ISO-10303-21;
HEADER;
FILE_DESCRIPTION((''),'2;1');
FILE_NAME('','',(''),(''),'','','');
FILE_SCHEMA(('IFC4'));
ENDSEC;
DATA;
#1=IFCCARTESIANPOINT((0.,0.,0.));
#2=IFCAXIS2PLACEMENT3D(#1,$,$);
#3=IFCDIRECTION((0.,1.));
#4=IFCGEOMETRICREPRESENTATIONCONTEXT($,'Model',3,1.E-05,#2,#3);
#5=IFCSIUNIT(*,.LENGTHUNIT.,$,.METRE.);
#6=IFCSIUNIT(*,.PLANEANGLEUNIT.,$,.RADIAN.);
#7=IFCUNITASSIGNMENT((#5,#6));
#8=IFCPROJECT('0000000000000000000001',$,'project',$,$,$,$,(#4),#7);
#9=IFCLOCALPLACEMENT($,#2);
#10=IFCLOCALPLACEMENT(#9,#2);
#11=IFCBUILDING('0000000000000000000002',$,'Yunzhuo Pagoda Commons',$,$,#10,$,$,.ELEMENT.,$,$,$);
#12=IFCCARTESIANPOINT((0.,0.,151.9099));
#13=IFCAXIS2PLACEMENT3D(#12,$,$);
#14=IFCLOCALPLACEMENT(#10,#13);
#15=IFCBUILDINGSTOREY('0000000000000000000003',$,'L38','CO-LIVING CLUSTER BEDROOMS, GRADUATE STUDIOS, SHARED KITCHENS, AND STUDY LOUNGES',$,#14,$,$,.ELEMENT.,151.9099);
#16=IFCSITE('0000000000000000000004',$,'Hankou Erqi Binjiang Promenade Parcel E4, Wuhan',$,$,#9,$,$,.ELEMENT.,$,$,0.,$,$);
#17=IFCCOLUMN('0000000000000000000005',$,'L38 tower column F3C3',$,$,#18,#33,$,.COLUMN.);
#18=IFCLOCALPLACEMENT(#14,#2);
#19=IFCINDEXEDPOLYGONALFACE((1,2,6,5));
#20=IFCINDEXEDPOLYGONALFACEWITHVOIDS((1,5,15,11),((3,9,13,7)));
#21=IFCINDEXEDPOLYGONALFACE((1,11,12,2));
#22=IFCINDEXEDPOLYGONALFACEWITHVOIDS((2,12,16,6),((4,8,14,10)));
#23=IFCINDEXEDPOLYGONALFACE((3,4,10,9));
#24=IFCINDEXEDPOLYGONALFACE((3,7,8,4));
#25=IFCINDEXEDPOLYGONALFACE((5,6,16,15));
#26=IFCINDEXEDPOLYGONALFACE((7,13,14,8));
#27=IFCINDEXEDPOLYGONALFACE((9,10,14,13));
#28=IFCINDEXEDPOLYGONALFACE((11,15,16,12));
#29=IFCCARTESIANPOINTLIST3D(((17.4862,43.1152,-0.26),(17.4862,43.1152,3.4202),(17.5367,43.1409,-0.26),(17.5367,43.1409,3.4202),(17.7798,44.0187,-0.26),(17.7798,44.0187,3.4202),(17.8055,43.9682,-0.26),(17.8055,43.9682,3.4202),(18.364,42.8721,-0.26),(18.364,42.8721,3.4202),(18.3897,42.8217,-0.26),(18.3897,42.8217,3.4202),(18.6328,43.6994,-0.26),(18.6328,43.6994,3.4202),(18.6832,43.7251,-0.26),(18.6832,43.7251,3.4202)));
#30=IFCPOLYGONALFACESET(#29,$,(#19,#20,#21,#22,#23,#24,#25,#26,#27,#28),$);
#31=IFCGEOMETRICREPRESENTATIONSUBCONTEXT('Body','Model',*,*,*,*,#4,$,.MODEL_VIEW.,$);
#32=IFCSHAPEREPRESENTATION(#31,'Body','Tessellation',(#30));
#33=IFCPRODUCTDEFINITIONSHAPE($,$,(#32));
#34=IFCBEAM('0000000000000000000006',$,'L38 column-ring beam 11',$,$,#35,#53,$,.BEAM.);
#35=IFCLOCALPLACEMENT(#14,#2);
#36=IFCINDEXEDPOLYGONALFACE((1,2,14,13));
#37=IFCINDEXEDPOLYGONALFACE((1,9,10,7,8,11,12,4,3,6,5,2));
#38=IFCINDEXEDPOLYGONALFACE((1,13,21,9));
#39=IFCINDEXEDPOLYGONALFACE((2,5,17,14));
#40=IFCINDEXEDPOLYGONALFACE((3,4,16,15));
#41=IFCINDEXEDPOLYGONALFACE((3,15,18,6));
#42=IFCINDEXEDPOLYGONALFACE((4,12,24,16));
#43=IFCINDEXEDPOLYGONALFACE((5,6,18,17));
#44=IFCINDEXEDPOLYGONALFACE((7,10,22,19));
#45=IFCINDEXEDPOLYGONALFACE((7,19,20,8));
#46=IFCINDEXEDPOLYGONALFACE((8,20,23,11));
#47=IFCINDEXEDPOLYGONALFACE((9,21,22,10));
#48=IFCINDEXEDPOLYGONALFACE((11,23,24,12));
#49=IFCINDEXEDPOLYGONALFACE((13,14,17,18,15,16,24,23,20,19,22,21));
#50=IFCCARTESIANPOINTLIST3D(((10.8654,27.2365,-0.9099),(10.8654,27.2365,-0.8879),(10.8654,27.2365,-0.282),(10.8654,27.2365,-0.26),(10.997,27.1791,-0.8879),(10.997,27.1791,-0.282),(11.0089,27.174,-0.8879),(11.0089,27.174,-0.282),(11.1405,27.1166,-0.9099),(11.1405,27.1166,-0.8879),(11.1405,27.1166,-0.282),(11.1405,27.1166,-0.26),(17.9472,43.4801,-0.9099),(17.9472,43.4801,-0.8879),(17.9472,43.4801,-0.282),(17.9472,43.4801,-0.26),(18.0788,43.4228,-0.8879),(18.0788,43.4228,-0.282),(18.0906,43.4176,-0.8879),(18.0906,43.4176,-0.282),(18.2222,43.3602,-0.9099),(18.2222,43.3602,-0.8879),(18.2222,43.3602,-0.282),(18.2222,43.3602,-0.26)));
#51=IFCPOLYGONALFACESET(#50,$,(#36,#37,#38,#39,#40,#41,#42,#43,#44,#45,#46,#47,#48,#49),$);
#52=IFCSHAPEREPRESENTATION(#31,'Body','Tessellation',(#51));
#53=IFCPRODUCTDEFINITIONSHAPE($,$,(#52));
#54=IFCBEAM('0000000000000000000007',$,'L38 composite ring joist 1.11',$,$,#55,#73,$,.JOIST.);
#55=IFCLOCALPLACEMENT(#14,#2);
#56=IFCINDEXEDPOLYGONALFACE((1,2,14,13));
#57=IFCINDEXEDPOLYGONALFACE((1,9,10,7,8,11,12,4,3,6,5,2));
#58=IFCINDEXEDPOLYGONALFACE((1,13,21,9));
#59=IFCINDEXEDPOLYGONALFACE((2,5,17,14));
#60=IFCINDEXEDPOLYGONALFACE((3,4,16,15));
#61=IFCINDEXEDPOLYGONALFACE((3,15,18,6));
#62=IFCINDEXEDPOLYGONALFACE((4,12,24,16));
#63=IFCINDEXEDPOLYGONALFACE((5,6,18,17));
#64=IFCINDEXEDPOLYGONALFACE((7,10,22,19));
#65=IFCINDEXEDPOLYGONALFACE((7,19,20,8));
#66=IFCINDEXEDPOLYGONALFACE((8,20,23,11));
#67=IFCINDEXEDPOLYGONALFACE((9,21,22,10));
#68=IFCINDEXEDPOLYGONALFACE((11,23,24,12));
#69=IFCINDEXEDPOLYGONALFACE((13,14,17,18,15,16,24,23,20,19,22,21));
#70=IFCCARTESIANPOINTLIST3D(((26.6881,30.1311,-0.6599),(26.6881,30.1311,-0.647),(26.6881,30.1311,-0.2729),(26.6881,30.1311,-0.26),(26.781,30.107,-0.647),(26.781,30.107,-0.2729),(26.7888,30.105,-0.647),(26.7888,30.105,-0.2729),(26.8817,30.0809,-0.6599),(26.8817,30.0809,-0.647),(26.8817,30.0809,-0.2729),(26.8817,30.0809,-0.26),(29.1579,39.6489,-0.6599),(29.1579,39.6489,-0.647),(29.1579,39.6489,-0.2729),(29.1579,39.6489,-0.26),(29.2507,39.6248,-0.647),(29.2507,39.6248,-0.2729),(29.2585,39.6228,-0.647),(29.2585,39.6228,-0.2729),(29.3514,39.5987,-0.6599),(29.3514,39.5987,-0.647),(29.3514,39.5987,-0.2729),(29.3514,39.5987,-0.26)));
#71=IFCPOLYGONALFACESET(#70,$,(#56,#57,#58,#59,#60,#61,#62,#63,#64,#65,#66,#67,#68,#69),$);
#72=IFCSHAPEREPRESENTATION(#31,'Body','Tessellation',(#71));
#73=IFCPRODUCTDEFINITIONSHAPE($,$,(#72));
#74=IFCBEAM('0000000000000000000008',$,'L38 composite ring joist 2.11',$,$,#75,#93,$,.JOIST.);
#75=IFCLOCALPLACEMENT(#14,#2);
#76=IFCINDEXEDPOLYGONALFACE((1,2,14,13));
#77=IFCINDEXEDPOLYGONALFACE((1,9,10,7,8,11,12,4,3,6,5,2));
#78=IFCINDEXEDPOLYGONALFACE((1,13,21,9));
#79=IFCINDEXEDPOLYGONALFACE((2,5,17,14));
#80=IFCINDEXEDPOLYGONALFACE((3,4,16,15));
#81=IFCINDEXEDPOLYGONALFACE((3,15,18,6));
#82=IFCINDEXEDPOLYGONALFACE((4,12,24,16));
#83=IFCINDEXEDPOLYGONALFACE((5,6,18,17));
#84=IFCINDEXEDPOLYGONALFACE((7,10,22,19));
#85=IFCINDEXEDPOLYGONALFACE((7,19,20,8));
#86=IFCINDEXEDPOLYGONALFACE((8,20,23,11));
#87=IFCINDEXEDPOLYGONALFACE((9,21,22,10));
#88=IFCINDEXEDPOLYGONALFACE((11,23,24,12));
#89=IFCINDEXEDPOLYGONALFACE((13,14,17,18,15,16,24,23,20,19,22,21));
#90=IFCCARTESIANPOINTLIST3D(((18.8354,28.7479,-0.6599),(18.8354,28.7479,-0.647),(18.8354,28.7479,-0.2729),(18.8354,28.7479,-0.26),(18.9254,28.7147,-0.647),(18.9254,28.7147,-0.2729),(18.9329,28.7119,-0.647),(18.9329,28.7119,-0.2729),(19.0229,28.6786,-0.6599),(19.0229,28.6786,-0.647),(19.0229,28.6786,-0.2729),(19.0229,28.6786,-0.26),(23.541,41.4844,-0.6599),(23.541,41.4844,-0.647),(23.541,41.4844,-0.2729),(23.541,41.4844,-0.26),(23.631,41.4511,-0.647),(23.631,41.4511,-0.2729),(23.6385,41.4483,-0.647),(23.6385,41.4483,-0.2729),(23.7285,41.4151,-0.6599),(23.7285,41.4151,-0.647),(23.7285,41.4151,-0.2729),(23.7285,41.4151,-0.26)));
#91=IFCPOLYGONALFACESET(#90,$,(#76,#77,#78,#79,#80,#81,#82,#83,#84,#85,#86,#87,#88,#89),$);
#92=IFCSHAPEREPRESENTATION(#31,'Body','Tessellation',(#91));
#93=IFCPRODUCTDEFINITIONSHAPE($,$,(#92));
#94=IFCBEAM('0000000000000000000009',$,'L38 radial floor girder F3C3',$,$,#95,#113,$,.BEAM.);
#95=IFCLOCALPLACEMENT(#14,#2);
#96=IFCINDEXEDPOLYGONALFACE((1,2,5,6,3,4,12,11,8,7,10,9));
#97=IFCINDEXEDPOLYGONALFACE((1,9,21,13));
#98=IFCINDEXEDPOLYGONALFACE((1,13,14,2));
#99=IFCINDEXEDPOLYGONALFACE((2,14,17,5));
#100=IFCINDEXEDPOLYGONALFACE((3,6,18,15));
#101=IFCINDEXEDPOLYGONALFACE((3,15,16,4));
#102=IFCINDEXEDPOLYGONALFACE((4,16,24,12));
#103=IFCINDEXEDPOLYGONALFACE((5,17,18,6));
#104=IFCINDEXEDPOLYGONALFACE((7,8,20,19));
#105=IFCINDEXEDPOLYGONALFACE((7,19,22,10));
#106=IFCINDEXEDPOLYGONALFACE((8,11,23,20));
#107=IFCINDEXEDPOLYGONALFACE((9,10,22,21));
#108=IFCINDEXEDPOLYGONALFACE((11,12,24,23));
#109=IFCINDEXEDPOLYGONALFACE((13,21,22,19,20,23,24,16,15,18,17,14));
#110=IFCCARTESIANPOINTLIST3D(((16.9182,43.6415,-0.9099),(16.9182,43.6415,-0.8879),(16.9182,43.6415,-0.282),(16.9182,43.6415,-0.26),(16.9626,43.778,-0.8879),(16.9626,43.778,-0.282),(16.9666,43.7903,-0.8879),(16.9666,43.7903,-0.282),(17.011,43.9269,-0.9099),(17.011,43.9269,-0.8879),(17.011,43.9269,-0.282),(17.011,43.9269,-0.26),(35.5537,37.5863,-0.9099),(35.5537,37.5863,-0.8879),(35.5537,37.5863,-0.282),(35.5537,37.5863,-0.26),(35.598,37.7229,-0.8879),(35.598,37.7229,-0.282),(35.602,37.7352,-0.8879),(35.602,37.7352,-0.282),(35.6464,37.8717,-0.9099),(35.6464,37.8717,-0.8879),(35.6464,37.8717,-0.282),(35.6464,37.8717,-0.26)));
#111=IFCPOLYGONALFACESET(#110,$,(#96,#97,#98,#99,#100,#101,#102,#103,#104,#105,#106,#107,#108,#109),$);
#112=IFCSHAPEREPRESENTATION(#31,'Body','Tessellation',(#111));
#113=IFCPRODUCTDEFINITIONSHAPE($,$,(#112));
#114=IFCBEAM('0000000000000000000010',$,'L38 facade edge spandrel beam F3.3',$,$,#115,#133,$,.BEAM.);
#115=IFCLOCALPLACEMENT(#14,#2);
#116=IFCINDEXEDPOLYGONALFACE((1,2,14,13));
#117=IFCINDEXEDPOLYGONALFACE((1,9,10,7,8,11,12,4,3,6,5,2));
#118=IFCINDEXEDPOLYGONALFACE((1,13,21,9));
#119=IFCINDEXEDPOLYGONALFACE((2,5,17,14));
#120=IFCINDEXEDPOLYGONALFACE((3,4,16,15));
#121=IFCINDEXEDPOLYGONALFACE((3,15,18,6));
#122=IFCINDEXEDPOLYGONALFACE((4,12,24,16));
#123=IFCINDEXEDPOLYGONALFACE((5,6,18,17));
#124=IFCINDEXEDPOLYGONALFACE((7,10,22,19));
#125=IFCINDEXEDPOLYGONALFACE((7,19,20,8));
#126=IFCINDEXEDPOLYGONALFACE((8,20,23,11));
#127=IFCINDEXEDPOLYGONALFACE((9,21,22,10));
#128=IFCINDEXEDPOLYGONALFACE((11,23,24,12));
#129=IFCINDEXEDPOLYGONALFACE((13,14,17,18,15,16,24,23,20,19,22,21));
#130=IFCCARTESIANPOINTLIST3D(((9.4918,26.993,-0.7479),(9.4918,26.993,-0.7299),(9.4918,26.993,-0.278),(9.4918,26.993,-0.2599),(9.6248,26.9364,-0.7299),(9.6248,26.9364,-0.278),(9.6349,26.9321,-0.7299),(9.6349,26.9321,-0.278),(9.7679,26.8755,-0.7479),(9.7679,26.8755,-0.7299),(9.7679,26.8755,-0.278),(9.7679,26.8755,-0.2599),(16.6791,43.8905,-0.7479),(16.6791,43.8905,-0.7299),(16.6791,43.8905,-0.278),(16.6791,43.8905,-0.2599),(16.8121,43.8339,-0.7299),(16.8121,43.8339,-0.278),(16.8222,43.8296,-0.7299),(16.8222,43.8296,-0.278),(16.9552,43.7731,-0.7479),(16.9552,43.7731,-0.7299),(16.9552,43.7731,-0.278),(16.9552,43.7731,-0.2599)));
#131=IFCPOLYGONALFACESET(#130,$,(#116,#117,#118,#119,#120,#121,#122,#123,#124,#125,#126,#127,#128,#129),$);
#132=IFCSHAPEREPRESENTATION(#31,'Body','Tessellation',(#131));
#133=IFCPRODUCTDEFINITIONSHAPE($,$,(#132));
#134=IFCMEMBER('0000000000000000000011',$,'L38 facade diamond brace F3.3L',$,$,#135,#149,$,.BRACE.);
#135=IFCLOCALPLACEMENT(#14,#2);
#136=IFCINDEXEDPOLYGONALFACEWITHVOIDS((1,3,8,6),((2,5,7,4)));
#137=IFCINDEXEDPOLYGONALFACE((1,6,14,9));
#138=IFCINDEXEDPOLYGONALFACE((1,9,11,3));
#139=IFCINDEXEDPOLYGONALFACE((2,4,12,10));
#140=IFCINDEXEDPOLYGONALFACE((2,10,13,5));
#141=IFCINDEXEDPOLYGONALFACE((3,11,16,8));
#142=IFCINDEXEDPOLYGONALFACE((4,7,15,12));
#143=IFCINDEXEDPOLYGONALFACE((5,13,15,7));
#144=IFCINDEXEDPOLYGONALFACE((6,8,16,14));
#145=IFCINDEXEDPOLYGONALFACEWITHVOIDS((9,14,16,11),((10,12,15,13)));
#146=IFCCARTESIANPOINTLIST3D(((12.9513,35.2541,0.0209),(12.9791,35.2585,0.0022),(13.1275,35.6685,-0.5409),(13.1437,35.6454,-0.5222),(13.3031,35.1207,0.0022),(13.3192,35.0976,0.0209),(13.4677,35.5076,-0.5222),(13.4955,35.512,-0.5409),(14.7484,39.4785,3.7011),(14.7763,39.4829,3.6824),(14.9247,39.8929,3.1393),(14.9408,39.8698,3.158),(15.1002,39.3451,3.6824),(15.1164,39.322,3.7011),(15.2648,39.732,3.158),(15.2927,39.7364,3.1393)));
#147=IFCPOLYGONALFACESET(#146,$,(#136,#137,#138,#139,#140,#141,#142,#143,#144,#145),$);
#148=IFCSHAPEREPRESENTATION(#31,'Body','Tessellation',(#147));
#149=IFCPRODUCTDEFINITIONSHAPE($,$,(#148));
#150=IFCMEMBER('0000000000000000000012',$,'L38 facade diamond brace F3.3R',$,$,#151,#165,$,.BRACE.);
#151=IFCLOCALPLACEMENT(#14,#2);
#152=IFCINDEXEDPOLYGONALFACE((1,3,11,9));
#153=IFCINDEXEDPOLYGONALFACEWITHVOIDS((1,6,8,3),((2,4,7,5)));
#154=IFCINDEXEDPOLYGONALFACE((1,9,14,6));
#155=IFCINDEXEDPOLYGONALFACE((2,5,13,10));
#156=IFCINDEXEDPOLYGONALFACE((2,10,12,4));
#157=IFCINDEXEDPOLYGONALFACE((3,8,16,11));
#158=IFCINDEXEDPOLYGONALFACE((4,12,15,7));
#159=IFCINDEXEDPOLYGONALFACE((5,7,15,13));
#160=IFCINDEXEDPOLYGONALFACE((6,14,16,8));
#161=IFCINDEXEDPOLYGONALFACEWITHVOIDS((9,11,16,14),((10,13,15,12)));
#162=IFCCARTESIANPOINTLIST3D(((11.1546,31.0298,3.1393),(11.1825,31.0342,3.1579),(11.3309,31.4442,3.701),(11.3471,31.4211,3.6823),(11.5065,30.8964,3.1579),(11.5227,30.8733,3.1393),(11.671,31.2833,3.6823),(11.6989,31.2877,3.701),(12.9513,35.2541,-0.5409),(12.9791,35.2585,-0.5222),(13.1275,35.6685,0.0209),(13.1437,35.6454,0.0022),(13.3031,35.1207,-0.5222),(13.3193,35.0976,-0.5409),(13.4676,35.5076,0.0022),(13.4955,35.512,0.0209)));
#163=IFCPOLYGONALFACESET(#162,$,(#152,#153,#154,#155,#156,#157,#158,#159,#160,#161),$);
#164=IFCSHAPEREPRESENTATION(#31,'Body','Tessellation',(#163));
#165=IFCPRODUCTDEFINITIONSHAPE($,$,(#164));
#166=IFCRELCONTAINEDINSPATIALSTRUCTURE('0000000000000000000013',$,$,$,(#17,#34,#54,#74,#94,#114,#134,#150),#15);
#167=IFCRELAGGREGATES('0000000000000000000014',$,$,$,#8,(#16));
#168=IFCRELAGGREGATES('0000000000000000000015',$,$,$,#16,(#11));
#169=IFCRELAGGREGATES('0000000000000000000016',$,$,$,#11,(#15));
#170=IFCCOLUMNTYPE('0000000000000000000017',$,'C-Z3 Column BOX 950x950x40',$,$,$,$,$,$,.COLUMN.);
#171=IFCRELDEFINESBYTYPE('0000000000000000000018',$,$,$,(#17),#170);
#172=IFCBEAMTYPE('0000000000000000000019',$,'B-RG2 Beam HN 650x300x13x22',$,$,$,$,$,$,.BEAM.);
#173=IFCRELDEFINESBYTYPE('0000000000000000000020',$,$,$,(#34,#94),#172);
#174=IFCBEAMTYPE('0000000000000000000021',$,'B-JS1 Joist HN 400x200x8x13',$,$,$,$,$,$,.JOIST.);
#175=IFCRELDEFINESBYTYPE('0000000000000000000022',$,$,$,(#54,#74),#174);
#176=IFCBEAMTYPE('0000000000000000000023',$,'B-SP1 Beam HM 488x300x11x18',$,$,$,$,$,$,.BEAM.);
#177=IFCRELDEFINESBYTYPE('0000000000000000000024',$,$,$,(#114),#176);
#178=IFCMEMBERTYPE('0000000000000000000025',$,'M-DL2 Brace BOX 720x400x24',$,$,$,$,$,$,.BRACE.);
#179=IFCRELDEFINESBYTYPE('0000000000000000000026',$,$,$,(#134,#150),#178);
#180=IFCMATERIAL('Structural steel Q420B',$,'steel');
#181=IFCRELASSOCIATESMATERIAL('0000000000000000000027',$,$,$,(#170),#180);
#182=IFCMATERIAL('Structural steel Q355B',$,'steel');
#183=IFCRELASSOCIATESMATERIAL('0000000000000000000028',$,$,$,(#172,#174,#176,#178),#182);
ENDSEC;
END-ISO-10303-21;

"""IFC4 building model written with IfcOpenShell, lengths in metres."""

from ifc_helpers import new_model, si_unit, direction, frame, origin, origin_2d, place, context, subcontext, project, spatial, hollow_rectangle, i_section, extrude, source, transform, mapped, material, material_profile, profile_set, type_object, element, save


model = new_model("IFC4")

# Units and contexts
model_context = context("Model", 3, precision=1e-05, world=origin(), true_north=direction((0.0, 1.0)))
body_context = subcontext(model_context, "Body", "Model", "MODEL_VIEW")
ifc_project = project(units=[si_unit("LENGTHUNIT", "METRE"), si_unit("PLANEANGLEUNIT", "RADIAN")], contexts=[model_context])

# Site, building, storey
site_placement = place(None, origin())
site = spatial("IfcSite", under=ifc_project, at=site_placement, Name="Hankou Erqi Binjiang Promenade Parcel E4, Wuhan", CompositionType="ELEMENT", RefElevation=0.0)
building_placement = place(site_placement, origin())
building = spatial("IfcBuilding", under=site, at=building_placement, Name="Yunzhuo Pagoda Commons", CompositionType="ELEMENT")
storey_placement = place(building_placement, frame((0.0, 0.0, 151.9099)))
storey = spatial("IfcBuildingStorey", under=building, at=storey_placement, Name="L38", Description="CO-LIVING CLUSTER BEDROOMS, GRADUATE STUDIOS, SHARED KITCHENS, AND STUDY LOUNGES", CompositionType="ELEMENT", Elevation=151.9099)

# Column
ifc_material_1 = material(Name="Structural steel Q420B", Category="steel")
ifc_material_profile_1 = material_profile(ifc_material_1, hollow_rectangle(XDim=0.95, YDim=0.95, WallThickness=0.04, at=origin_2d()), Name="Structural steel Q420B")
ifc_profile_set_1 = profile_set([ifc_material_profile_1], Name="Structural steel Q420B")
column_type = type_object("IfcColumnType", Name="C-Z3 Column BOX 950x950x40", PredefinedType="COLUMN", material=ifc_profile_set_1)
shared_shape_1 = source(origin(), body_context, "Body", "SweptSolid", [
    extrude(hollow_rectangle(XDim=0.95, YDim=0.95, WallThickness=0.04, at=origin_2d()), origin(), (0.0, 0.0, 1.0), 3.6802),
])
column_placement = place(storey_placement, frame((18.0847, 43.4202, -0.26), z_axis=(0.0, 0.0, 1.0), x_axis=(-0.309017, -0.951057, 0.0)))
element("IfcColumn", 1, at=column_placement, inside=storey, type_object=column_type, Name="L38 tower column F3C3", PredefinedType="COLUMN", context=body_context, shape_type="MappedRepresentation", body=[
    mapped(shared_shape_1, transform((0.0, 0.0, 0.0), scale=1.0)),
])

# Beams
ifc_material_2 = material(Name="Structural steel Q355B", Category="steel")
ifc_material_profile_2 = material_profile(ifc_material_2, i_section(OverallWidth=0.3, OverallDepth=0.6499, WebThickness=0.0129, FlangeThickness=0.022, at=origin_2d()), Name="Structural steel Q355B")
ifc_profile_set_2 = profile_set([ifc_material_profile_2], Name="Structural steel Q355B")
beam_type_1 = type_object("IfcBeamType", Name="B-RG2 Beam HN 650x300x13x22", PredefinedType="BEAM", material=ifc_profile_set_2)
shared_shape_2 = source(origin(), body_context, "Body", "SweptSolid", [
    extrude(i_section(OverallWidth=0.3, OverallDepth=0.6499, WebThickness=0.0129, FlangeThickness=0.022, at=origin_2d()), origin(), (0.0, 0.0, 1.0), 17.7202),
])
beam_1_placement = place(storey_placement, frame((18.0847, 43.4202, -0.585), z_axis=(-0.399643, -0.916671, 0.0), x_axis=(0.916671, -0.399643, 0.0)))
element("IfcBeam", 2, at=beam_1_placement, inside=storey, type_object=beam_type_1, Name="L38 column-ring beam 11", PredefinedType="BEAM", context=body_context, shape_type="MappedRepresentation", body=[
    mapped(shared_shape_2, transform((0.0, 0.0, 0.0), scale=1.0)),
])
ifc_material_profile_3 = material_profile(ifc_material_2, i_section(OverallWidth=0.2, OverallDepth=0.3999, WebThickness=0.0081, FlangeThickness=0.0129, at=origin_2d()), Name="Structural steel Q355B")
ifc_profile_set_3 = profile_set([ifc_material_profile_3], Name="Structural steel Q355B")
beam_type_2 = type_object("IfcBeamType", Name="B-JS1 Joist HN 400x200x8x13", PredefinedType="JOIST", material=ifc_profile_set_3)
shared_shape_3 = source(origin(), body_context, "Body", "SweptSolid", [
    extrude(i_section(OverallWidth=0.2, OverallDepth=0.3999, WebThickness=0.0081, FlangeThickness=0.0129, at=origin_2d()), origin(), (0.0, 0.0, 1.0), 9.833),
])
beam_2_placement = place(storey_placement, frame((29.2546, 39.6238, -0.46), z_axis=(-0.251166, -0.967944, 0.0), x_axis=(0.967944, -0.251166, 0.0)))
element("IfcBeam", 3, at=beam_2_placement, inside=storey, type_object=beam_type_2, Name="L38 composite ring joist 1.11", PredefinedType="JOIST", context=body_context, shape_type="MappedRepresentation", body=[
    mapped(shared_shape_3, transform((0.0, 0.0, 0.0), scale=1.0)),
])
shared_shape_4 = source(origin(), body_context, "Body", "SweptSolid", [
    extrude(i_section(OverallWidth=0.2, OverallDepth=0.3999, WebThickness=0.0081, FlangeThickness=0.0129, at=origin_2d()), origin(), (0.0, 0.0, 1.0), 13.5779),
])
beam_3_placement = place(storey_placement, frame((23.6348, 41.4497, -0.46), z_axis=(-0.346563, -0.938027, 0.0), x_axis=(0.938027, -0.346563, 0.0)))
element("IfcBeam", 4, at=beam_3_placement, inside=storey, type_object=beam_type_2, Name="L38 composite ring joist 2.11", PredefinedType="JOIST", context=body_context, shape_type="MappedRepresentation", body=[
    mapped(shared_shape_4, transform((0.0, 0.0, 0.0), scale=1.0)),
])
shared_shape_5 = source(origin(), body_context, "Body", "SweptSolid", [
    extrude(i_section(OverallWidth=0.3, OverallDepth=0.6499, WebThickness=0.0129, FlangeThickness=0.022, at=origin_2d()), origin(), (0.0, 0.0, 1.0), 19.5945),
])
beam_4_placement = place(storey_placement, frame((16.9646, 43.7842, -0.585), z_axis=(0.951054, -0.309023, 0.0), x_axis=(0.309023, 0.951054, 0.0)))
element("IfcBeam", 5, at=beam_4_placement, inside=storey, type_object=beam_type_1, Name="L38 radial floor girder F3C3", PredefinedType="BEAM", context=body_context, shape_type="MappedRepresentation", body=[
    mapped(shared_shape_5, transform((0.0, 0.0, 0.0), scale=1.0)),
])
ifc_material_profile_4 = material_profile(ifc_material_2, i_section(OverallWidth=0.3, OverallDepth=0.488, WebThickness=0.011, FlangeThickness=0.0181, at=origin_2d()), Name="Structural steel Q355B")
ifc_profile_set_4 = profile_set([ifc_material_profile_4], Name="Structural steel Q355B")
beam_type_3 = type_object("IfcBeamType", Name="B-SP1 Beam HM 488x300x11x18", PredefinedType="BEAM", material=ifc_profile_set_4)
shared_shape_6 = source(origin(), body_context, "Body", "SweptSolid", [
    extrude(i_section(OverallWidth=0.3, OverallDepth=0.488, WebThickness=0.011, FlangeThickness=0.0181, at=origin_2d()), origin(), (0.0, 0.0, 1.0), 18.3625),
])
beam_5_placement = place(storey_placement, frame((16.8171, 43.8318, -0.5039), z_axis=(-0.39141, -0.920216, 0.0), x_axis=(0.920216, -0.39141, 0.0)))
element("IfcBeam", 6, at=beam_5_placement, inside=storey, type_object=beam_type_3, Name="L38 facade edge spandrel beam F3.3", PredefinedType="BEAM", context=body_context, shape_type="MappedRepresentation", body=[
    mapped(shared_shape_6, transform((0.0, 0.0, 0.0), scale=1.0)),
])

# Members
ifc_material_profile_5 = material_profile(ifc_material_2, hollow_rectangle(XDim=0.3999, YDim=0.72, WallThickness=0.0239, at=origin_2d()), Name="Structural steel Q355B")
ifc_profile_set_5 = profile_set([ifc_material_profile_5], Name="Structural steel Q355B")
member_type_1 = type_object("IfcMemberType", Name="M-DL2 Brace BOX 720x400x24", PredefinedType="BRACE", material=ifc_profile_set_5)
shared_shape_7 = source(origin(), body_context, "Body", "SweptSolid", [
    extrude(hollow_rectangle(XDim=0.3999, YDim=0.72, WallThickness=0.0239, at=origin_2d()), origin(), (0.0, 0.0, 1.0), 5.8838),
])
member_1_placement = place(storey_placement, frame((13.2234, 35.3831, -0.26), z_axis=(0.305437, 0.717971, 0.625481), x_axis=(-0.920193, 0.391466, 0.0)))
element("IfcMember", 7, at=member_1_placement, inside=storey, type_object=member_type_1, Name="L38 facade diamond brace F3.3L", PredefinedType="BRACE", context=body_context, shape_type="MappedRepresentation", body=[
    mapped(shared_shape_7, transform((0.0, 0.0, 0.0), scale=1.0)),
])
shared_shape_8 = source(origin(), body_context, "Body", "SweptSolid", [
    extrude(hollow_rectangle(XDim=0.3999, YDim=0.72, WallThickness=0.0239, at=origin_2d()), origin(), (0.0, 0.0, 1.0), 5.8835),
])
member_2_placement = place(storey_placement, frame((13.2234, 35.3831, -0.26), z_axis=(-0.305362, -0.717989, 0.625496), x_axis=(0.920231, -0.391376, 0.0)))
element("IfcMember", 8, at=member_2_placement, inside=storey, type_object=member_type_1, Name="L38 facade diamond brace F3.3R", PredefinedType="BRACE", context=body_context, shape_type="MappedRepresentation", body=[
    mapped(shared_shape_8, transform((0.0, 0.0, 0.0), scale=1.0)),
])

save(model, "model.ifc")
